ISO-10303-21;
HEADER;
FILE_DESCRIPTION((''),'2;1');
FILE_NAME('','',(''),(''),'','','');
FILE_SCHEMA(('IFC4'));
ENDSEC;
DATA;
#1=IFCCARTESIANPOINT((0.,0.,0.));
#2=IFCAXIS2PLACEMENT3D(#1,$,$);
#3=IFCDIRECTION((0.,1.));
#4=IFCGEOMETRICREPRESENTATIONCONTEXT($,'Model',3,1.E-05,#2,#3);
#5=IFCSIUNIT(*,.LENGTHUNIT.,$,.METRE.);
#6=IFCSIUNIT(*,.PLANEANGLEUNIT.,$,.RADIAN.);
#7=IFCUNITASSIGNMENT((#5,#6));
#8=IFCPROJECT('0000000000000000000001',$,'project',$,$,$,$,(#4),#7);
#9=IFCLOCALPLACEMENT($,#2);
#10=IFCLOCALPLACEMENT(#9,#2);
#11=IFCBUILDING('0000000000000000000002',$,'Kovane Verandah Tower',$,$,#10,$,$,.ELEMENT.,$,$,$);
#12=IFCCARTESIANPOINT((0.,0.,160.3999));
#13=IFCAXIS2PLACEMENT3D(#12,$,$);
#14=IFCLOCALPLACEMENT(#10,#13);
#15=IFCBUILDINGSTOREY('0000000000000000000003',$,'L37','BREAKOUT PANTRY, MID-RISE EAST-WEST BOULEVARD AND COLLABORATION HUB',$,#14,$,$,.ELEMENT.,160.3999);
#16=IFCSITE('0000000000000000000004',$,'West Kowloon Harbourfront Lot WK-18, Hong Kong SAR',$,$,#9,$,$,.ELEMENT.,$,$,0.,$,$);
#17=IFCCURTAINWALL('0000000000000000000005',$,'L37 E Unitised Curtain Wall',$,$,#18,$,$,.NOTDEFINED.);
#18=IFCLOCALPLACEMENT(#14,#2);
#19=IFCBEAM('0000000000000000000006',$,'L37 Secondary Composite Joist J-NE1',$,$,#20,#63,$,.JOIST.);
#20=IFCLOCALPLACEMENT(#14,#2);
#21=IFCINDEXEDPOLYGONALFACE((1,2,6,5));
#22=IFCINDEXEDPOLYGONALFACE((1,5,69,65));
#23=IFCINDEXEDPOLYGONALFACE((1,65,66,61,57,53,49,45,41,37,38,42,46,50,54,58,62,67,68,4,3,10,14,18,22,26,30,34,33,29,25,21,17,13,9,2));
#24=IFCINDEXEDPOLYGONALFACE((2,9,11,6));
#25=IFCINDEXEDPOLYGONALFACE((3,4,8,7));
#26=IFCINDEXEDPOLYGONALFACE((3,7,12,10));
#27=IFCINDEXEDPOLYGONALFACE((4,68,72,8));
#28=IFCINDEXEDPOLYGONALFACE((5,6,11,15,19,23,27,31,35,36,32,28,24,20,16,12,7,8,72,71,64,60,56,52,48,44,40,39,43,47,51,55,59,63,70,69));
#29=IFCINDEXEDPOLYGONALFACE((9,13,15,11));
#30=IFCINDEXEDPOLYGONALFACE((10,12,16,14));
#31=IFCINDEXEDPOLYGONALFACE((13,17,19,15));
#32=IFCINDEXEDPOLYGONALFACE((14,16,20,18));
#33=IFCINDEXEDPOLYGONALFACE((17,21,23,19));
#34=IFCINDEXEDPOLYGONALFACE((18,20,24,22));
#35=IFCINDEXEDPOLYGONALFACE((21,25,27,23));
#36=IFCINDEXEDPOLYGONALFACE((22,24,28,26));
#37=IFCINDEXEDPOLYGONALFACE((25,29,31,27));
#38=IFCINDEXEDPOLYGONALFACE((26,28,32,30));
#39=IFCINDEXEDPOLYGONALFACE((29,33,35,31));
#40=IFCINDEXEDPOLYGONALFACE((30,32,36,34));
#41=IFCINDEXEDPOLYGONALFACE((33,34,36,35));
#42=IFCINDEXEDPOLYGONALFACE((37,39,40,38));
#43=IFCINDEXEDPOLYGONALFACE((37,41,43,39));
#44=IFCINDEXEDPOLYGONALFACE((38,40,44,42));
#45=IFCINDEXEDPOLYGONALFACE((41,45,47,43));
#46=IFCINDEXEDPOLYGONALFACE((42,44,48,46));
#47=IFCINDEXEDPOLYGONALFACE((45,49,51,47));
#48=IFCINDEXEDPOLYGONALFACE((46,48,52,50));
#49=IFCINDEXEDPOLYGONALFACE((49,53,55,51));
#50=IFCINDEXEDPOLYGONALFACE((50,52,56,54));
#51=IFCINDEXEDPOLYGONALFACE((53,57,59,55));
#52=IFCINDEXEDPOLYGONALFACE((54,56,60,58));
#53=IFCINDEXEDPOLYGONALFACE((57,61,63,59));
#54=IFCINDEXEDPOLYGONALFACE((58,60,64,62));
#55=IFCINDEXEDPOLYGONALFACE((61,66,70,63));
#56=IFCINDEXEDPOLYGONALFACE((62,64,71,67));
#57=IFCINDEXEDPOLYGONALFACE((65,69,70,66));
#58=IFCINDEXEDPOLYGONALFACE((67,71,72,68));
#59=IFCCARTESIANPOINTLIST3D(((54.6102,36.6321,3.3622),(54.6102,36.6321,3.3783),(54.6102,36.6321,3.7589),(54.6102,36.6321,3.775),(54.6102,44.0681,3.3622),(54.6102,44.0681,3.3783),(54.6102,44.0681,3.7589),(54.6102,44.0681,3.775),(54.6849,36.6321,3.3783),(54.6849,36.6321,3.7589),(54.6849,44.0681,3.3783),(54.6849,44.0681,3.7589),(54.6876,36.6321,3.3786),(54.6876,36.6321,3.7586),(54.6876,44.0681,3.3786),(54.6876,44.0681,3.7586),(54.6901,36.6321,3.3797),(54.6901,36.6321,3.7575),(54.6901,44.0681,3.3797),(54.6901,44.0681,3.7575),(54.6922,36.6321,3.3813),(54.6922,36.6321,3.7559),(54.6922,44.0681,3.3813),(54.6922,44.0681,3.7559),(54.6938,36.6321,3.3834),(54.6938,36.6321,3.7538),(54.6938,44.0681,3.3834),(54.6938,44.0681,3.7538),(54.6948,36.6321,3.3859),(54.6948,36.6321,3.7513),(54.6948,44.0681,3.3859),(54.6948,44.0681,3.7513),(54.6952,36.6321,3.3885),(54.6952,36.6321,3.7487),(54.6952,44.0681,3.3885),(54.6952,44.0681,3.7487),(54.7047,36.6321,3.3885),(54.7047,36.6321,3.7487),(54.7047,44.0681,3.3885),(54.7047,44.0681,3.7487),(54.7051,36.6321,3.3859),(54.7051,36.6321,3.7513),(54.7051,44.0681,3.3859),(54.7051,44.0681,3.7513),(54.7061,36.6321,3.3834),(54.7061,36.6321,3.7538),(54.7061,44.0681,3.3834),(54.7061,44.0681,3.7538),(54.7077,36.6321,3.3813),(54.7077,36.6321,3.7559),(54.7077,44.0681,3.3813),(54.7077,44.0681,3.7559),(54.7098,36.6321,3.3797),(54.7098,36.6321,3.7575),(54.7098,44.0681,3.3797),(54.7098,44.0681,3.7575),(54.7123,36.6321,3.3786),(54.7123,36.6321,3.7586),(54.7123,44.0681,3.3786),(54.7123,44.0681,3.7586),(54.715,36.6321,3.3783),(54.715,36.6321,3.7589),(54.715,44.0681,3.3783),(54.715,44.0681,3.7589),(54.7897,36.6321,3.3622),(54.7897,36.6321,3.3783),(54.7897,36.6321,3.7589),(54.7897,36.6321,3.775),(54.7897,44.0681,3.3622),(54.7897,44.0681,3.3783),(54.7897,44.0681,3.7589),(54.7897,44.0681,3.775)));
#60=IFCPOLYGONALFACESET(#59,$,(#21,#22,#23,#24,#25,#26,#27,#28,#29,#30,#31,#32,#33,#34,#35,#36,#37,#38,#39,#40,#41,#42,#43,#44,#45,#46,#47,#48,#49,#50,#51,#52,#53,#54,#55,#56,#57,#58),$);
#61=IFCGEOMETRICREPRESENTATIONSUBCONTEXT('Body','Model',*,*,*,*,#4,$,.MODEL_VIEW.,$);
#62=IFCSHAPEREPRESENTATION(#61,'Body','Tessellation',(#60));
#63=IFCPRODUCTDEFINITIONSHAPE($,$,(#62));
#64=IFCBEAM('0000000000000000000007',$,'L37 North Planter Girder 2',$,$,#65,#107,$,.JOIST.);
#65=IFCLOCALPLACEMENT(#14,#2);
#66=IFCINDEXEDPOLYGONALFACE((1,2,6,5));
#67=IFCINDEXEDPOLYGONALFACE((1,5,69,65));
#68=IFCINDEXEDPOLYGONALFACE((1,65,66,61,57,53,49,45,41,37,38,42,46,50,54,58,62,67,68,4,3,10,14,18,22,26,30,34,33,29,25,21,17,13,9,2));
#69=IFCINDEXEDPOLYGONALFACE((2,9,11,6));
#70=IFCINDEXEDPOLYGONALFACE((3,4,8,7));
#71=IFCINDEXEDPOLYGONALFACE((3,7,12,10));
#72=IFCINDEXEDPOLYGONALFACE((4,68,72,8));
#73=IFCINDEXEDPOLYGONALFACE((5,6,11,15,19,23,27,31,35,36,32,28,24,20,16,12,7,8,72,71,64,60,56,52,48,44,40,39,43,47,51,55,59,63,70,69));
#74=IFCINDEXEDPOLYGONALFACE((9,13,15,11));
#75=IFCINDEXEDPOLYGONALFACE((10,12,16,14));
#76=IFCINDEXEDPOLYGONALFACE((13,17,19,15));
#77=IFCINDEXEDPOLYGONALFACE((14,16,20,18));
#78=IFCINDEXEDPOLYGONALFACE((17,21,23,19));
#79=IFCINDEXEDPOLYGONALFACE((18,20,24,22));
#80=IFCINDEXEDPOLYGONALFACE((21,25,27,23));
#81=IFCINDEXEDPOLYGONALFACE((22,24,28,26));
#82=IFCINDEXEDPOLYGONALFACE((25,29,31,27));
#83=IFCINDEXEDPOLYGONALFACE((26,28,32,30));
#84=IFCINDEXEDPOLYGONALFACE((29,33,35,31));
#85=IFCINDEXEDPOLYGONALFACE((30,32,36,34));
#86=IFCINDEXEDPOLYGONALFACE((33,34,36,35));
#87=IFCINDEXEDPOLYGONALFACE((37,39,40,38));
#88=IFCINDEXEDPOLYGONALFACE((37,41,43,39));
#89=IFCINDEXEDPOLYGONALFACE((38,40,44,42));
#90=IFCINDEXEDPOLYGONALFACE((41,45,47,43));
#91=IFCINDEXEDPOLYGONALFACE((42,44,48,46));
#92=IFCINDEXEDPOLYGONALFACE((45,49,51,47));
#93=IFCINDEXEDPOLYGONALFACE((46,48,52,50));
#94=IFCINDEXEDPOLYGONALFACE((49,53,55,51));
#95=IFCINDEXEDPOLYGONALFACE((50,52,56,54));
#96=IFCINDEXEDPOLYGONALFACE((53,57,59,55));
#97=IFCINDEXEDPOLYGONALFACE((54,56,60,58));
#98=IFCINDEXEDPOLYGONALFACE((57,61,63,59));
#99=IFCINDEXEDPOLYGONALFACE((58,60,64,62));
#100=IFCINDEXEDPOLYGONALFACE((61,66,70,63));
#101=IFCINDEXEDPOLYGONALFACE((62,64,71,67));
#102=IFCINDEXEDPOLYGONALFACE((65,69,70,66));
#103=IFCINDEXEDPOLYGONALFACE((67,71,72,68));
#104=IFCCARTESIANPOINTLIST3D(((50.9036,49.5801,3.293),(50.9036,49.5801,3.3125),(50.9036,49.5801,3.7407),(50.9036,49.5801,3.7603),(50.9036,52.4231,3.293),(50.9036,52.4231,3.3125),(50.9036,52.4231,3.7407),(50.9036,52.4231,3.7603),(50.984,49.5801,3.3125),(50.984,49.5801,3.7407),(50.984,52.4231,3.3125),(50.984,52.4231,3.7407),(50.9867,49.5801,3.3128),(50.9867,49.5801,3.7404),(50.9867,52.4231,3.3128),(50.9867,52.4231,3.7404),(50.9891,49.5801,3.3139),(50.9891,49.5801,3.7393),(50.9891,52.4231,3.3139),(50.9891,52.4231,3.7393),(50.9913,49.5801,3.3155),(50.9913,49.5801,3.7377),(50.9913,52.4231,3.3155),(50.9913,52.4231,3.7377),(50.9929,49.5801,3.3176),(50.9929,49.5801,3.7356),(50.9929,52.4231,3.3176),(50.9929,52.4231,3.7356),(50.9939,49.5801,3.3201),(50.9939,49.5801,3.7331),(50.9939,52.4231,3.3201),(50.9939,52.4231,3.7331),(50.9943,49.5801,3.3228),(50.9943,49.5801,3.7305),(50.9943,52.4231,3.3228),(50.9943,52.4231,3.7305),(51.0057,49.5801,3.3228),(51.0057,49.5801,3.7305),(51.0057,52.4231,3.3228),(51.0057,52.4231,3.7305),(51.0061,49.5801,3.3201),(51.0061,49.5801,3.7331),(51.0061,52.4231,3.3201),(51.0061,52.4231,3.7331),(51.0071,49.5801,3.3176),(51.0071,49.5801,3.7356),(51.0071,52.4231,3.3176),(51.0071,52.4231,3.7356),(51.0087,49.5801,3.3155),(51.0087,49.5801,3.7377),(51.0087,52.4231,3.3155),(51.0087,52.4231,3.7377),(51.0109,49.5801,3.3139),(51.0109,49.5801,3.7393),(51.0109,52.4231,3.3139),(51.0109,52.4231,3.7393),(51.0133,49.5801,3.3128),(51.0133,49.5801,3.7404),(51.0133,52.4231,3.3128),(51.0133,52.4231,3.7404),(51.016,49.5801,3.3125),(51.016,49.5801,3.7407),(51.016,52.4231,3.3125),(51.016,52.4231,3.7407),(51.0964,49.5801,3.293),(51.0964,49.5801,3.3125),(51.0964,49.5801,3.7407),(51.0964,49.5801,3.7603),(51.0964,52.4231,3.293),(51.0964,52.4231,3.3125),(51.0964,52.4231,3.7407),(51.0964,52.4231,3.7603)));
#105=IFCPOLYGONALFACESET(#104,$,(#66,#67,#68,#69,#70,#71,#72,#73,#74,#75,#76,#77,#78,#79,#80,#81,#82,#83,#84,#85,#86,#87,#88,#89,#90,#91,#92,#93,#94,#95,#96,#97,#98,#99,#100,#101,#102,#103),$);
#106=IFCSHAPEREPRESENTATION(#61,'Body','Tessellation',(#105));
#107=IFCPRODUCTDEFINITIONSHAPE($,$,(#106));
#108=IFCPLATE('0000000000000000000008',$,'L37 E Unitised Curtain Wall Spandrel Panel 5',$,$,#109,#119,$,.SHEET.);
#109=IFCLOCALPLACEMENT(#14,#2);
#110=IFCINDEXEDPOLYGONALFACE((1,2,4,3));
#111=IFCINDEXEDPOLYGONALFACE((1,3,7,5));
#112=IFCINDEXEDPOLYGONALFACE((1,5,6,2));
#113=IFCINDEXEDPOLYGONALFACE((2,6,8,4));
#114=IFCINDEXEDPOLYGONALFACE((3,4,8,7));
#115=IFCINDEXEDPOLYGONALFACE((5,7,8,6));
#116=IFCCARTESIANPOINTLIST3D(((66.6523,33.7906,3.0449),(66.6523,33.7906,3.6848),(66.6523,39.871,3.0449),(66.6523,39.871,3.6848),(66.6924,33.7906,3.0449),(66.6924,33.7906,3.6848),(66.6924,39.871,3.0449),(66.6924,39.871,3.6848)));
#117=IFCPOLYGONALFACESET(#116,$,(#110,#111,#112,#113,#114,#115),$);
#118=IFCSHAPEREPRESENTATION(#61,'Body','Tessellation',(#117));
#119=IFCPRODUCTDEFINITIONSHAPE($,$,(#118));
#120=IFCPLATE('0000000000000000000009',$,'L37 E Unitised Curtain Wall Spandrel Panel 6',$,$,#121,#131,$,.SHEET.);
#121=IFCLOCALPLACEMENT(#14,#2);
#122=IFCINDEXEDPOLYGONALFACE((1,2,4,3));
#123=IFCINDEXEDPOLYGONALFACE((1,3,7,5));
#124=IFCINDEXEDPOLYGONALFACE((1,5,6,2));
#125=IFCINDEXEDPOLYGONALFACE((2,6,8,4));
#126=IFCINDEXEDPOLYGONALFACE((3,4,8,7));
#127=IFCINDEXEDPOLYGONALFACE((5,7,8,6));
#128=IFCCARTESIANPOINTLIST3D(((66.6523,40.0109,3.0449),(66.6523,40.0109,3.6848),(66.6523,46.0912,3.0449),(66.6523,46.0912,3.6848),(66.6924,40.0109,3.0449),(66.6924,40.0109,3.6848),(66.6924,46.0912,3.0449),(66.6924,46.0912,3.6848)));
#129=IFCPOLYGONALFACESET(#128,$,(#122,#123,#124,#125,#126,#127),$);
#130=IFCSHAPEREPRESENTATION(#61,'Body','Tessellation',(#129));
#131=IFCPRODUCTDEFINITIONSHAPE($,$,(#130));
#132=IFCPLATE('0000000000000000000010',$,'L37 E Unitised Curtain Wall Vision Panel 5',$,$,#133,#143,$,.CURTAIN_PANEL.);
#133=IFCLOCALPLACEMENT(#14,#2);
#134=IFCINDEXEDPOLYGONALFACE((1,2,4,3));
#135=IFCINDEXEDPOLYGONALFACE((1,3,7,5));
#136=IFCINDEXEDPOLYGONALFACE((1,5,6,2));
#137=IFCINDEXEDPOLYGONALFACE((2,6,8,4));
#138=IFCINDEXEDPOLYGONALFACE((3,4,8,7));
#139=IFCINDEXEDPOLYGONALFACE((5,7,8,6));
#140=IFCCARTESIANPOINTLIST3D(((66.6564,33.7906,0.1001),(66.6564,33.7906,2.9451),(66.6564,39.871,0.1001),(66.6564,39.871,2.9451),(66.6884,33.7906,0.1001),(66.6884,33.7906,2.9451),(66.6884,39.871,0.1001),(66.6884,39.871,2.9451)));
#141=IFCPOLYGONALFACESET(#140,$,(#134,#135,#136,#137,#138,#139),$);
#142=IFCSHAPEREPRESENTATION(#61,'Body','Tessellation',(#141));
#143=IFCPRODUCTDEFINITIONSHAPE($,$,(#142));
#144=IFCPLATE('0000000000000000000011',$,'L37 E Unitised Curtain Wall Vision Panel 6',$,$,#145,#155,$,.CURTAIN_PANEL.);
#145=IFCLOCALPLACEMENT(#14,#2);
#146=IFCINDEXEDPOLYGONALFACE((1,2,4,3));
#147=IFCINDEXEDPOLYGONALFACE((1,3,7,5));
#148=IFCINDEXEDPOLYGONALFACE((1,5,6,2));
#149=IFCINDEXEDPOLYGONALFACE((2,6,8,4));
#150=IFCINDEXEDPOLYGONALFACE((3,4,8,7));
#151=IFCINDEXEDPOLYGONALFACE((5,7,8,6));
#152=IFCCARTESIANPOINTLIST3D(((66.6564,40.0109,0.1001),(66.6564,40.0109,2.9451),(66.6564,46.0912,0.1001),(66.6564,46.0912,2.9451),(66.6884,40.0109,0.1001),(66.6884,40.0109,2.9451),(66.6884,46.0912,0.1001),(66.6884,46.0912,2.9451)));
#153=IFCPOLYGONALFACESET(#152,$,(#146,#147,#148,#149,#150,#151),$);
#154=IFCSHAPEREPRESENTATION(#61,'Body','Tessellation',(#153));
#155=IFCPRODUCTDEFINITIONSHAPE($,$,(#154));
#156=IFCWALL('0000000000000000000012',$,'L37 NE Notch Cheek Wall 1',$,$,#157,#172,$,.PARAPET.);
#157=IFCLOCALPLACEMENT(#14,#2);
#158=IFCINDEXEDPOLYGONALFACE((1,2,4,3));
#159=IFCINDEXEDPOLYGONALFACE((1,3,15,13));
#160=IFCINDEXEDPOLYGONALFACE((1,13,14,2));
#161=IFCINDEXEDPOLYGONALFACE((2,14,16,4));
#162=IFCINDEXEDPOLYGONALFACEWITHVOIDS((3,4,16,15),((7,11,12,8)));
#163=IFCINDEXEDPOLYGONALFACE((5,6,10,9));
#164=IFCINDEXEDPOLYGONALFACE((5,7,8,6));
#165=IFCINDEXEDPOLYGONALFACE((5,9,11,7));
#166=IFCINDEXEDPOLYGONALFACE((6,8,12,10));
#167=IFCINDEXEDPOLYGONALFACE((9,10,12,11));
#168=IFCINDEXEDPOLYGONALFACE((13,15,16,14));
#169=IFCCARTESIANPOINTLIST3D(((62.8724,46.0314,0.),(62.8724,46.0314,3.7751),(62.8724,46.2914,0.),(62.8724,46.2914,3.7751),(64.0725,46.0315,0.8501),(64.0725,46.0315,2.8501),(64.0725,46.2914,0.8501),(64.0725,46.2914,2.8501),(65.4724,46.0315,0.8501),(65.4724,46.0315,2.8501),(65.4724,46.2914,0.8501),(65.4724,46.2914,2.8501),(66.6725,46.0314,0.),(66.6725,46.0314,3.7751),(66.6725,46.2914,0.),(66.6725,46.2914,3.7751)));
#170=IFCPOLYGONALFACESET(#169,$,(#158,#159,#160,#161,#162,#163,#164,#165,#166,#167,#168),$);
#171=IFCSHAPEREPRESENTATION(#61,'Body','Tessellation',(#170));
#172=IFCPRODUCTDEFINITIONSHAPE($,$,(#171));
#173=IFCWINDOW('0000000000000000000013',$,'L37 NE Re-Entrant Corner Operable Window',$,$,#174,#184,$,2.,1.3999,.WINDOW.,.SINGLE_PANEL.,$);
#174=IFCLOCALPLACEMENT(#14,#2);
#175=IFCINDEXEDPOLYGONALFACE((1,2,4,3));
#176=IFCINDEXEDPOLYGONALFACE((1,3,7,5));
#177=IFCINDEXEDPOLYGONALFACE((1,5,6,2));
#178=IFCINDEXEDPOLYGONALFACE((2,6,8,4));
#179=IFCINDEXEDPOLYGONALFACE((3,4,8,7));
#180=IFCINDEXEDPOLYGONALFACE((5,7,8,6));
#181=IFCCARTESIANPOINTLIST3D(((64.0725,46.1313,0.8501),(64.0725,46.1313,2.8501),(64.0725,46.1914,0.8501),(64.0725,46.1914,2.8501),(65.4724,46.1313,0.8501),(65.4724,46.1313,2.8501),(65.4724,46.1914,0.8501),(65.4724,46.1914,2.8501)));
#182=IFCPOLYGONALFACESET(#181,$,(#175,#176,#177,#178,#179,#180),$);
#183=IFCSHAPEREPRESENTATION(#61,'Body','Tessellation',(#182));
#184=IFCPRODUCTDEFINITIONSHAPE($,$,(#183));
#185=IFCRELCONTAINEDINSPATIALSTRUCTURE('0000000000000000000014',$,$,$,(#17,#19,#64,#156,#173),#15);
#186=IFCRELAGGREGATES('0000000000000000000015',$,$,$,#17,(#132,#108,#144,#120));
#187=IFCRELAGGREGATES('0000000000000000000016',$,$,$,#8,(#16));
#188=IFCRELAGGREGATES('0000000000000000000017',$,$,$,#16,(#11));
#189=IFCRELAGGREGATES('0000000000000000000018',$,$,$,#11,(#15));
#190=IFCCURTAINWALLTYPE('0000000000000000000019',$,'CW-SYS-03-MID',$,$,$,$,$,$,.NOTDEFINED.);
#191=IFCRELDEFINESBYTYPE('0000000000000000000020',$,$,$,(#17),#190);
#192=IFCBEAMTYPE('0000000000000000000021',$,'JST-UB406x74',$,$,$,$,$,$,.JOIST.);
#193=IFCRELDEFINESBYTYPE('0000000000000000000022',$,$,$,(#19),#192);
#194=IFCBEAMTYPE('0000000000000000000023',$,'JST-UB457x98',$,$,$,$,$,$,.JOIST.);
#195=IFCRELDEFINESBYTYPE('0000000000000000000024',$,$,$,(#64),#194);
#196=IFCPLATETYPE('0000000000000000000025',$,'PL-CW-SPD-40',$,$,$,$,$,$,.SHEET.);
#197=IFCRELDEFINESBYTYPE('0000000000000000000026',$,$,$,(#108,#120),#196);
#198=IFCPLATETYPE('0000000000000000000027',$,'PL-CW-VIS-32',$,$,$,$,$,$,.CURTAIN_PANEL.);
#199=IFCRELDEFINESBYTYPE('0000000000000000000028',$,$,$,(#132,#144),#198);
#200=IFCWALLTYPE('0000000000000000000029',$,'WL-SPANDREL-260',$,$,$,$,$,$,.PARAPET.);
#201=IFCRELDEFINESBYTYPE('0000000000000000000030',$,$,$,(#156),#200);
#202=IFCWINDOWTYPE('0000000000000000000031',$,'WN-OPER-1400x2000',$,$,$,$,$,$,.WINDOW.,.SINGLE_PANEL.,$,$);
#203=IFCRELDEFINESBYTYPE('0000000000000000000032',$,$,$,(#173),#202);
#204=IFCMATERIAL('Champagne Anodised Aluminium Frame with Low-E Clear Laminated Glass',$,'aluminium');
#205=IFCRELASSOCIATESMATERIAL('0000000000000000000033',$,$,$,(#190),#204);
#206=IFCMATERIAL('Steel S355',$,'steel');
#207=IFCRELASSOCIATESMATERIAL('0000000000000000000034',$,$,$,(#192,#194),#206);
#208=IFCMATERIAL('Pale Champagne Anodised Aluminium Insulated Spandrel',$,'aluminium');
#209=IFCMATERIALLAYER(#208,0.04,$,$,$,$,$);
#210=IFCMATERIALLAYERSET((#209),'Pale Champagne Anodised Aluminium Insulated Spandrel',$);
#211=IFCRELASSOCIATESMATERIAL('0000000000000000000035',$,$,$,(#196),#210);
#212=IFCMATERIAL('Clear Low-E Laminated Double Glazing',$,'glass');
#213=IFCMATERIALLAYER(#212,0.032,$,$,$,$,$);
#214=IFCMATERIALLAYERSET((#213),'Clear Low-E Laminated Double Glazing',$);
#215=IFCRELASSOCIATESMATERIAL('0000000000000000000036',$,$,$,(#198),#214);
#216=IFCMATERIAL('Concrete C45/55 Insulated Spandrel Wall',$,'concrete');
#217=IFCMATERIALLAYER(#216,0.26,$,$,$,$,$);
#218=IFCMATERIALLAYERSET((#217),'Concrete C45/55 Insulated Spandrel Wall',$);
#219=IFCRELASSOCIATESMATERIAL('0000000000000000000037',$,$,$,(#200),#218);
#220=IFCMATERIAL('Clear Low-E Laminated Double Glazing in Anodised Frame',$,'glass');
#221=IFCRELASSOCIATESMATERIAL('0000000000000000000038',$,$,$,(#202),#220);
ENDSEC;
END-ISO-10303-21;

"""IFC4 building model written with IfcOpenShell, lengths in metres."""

from ifc_helpers import new_model, si_unit, direction, frame, frame_2d, origin, origin_2d, place, context, subcontext, project, spatial, rectangle, i_section, extrude, material, layer, layer_set, material_profile, profile_set, type_object, element, fill, aggregate, save


model = new_model("IFC4")

# Units and contexts
model_context = context("Model", 3, precision=1e-05, world=origin(), true_north=direction((0.0, 1.0)))
body_context = subcontext(model_context, "Body", "Model", "MODEL_VIEW")
ifc_project = project(units=[si_unit("LENGTHUNIT", "METRE"), si_unit("PLANEANGLEUNIT", "RADIAN")], contexts=[model_context])

# Site, building, storey
site_placement = place(None, origin())
site = spatial("IfcSite", under=ifc_project, at=site_placement, Name="West Kowloon Harbourfront Lot WK-18, Hong Kong SAR", CompositionType="ELEMENT", RefElevation=0.0)
building_placement = place(site_placement, origin())
building = spatial("IfcBuilding", under=site, at=building_placement, Name="Kovane Verandah Tower", CompositionType="ELEMENT")
storey_placement = place(building_placement, frame((0.0, 0.0, 160.3999)))
storey = spatial("IfcBuildingStorey", under=building, at=storey_placement, Name="L37", Description="BREAKOUT PANTRY, MID-RISE EAST-WEST BOULEVARD AND COLLABORATION HUB", CompositionType="ELEMENT", Elevation=160.3999)

# Shared definitions
ifc_material_1 = material(Name="Steel S355", Category="steel")

# Curtain wall
ifc_material_2 = material(Name="Champagne Anodised Aluminium Frame with Low-E Clear Laminated Glass", Category="aluminium")
curtain_wall_type = type_object("IfcCurtainWallType", Name="CW-SYS-03-MID", PredefinedType="NOTDEFINED", material=ifc_material_2)
curtain_wall_placement = place(storey_placement, origin())
curtain_wall = element("IfcCurtainWall", 1, at=curtain_wall_placement, inside=storey, type_object=curtain_wall_type, Name="L37 E Unitised Curtain Wall", PredefinedType="NOTDEFINED")

# Beams
ifc_material_profile_1 = material_profile(ifc_material_1, i_section(OverallWidth=0.1794, OverallDepth=0.4128, WebThickness=0.0095, FlangeThickness=0.0161, FilletRadius=0.0103, at=origin_2d()), Name="UB406x178x74")
ifc_profile_set_1 = profile_set([ifc_material_profile_1], Name="Steel S355")
beam_type_1 = type_object("IfcBeamType", Name="JST-UB406x74", PredefinedType="JOIST", material=ifc_profile_set_1)
beam_1_placement = place(storey_placement, frame((54.7, 36.6321, 3.5686), z_axis=(0.0, 1.0, 0.0), x_axis=(-1.0, 0.0, 0.0)))
element("IfcBeam", 2, at=beam_1_placement, inside=storey, type_object=beam_type_1, Name="L37 Secondary Composite Joist J-NE1", PredefinedType="JOIST", context=body_context, shape_type="SweptSolid", body=[
    extrude(i_section(OverallWidth=0.1794, OverallDepth=0.4128, WebThickness=0.0095, FlangeThickness=0.0161, FilletRadius=0.0103, at=origin_2d()), origin(), (0.0, 0.0, 1.0), 7.436),
])
ifc_material_profile_2 = material_profile(ifc_material_1, i_section(OverallWidth=0.1929, OverallDepth=0.4673, WebThickness=0.0115, FlangeThickness=0.0195, FilletRadius=0.0103, at=origin_2d()), Name="UB457x191x98")
ifc_profile_set_2 = profile_set([ifc_material_profile_2], Name="Steel S355")
beam_type_2 = type_object("IfcBeamType", Name="JST-UB457x98", PredefinedType="JOIST", material=ifc_profile_set_2)
beam_2_placement = place(storey_placement, frame((51.0, 49.5801, 3.5266), z_axis=(0.0, 1.0, 0.0), x_axis=(-1.0, 0.0, 0.0)))
element("IfcBeam", 3, at=beam_2_placement, inside=storey, type_object=beam_type_2, Name="L37 North Planter Girder 2", PredefinedType="JOIST", context=body_context, shape_type="SweptSolid", body=[
    extrude(i_section(OverallWidth=0.1929, OverallDepth=0.4673, WebThickness=0.0115, FlangeThickness=0.0195, FilletRadius=0.0103, at=origin_2d()), origin(), (0.0, 0.0, 1.0), 2.843),
])

# Plates
ifc_material_3 = material(Name="Pale Champagne Anodised Aluminium Insulated Spandrel", Category="aluminium")
ifc_layer_1 = layer(ifc_material_3, 0.04)
ifc_layer_set_1 = layer_set([ifc_layer_1], Name="Pale Champagne Anodised Aluminium Insulated Spandrel")
plate_type_1 = type_object("IfcPlateType", Name="PL-CW-SPD-40", PredefinedType="SHEET", material=ifc_layer_set_1)
plate_1_placement = place(storey_placement, frame((66.6724, 36.8308, 3.0449), z_axis=(0.0, 0.0, 1.0), x_axis=(0.0, 1.0, 0.0)))
plate_1 = element("IfcPlate", 4, at=plate_1_placement, type_object=plate_type_1, Name="L37 E Unitised Curtain Wall Spandrel Panel 5", PredefinedType="SHEET", context=body_context, shape_type="SweptSolid", body=[
    extrude(rectangle(XDim=6.0803, YDim=0.04, at=origin_2d()), origin(), (0.0, 0.0, 1.0), 0.6399),
])
plate_2_placement = place(storey_placement, frame((66.6724, 43.051, 3.0449), z_axis=(0.0, 0.0, 1.0), x_axis=(0.0, 1.0, 0.0)))
plate_2 = element("IfcPlate", 5, at=plate_2_placement, type_object=plate_type_1, Name="L37 E Unitised Curtain Wall Spandrel Panel 6", PredefinedType="SHEET", context=body_context, shape_type="SweptSolid", body=[
    extrude(rectangle(XDim=6.0803, YDim=0.04, at=origin_2d()), origin(), (0.0, 0.0, 1.0), 0.6399),
])
ifc_material_4 = material(Name="Clear Low-E Laminated Double Glazing", Category="glass")
ifc_layer_2 = layer(ifc_material_4, 0.032)
ifc_layer_set_2 = layer_set([ifc_layer_2], Name="Clear Low-E Laminated Double Glazing")
plate_type_2 = type_object("IfcPlateType", Name="PL-CW-VIS-32", PredefinedType="CURTAIN_PANEL", material=ifc_layer_set_2)
plate_3_placement = place(storey_placement, frame((66.6724, 36.8308, 0.1001), z_axis=(0.0, 0.0, 1.0), x_axis=(0.0, 1.0, 0.0)))
plate_3 = element("IfcPlate", 6, at=plate_3_placement, type_object=plate_type_2, Name="L37 E Unitised Curtain Wall Vision Panel 5", PredefinedType="CURTAIN_PANEL", context=body_context, shape_type="SweptSolid", body=[
    extrude(rectangle(XDim=6.0803, YDim=0.032, at=origin_2d()), origin(), (0.0, 0.0, 1.0), 2.845),
])
plate_4_placement = place(storey_placement, frame((66.6724, 43.051, 0.1001), z_axis=(0.0, 0.0, 1.0), x_axis=(0.0, 1.0, 0.0)))
plate_4 = element("IfcPlate", 7, at=plate_4_placement, type_object=plate_type_2, Name="L37 E Unitised Curtain Wall Vision Panel 6", PredefinedType="CURTAIN_PANEL", context=body_context, shape_type="SweptSolid", body=[
    extrude(rectangle(XDim=6.0803, YDim=0.032, at=origin_2d()), origin(), (0.0, 0.0, 1.0), 2.845),
])
aggregate(curtain_wall, [plate_3, plate_1, plate_4, plate_2])

# Shared definitions
ifc_material_5 = material(Name="Concrete C45/55 Insulated Spandrel Wall", Category="concrete")
ifc_layer_3 = layer(ifc_material_5, 0.26)
ifc_layer_set_3 = layer_set([ifc_layer_3], Name="Concrete C45/55 Insulated Spandrel Wall")
wall_type = type_object("IfcWallType", Name="WL-SPANDREL-260", PredefinedType="PARAPET", material=ifc_layer_set_3)
ifc_material_6 = material(Name="Clear Low-E Laminated Double Glazing in Anodised Frame", Category="glass")

# Wall, opening, window
wall_1_placement = place(storey_placement, frame((66.6724, 46.1614, 0.0), z_axis=(0.0, 0.0, 1.0), x_axis=(-1.0, 0.0, 0.0)))
wall_1 = element("IfcWall", 8, at=wall_1_placement, inside=storey, type_object=wall_type, Name="L37 NE Notch Cheek Wall 1", PredefinedType="PARAPET", context=body_context, shape_type="SweptSolid", body=[
    extrude(rectangle(XDim=3.8, YDim=0.26, at=frame_2d((1.8999, 0.0))), origin(), (0.0, 0.0, 1.0), 3.7751),
])
opening_1_placement = place(wall_1_placement, frame((1.2, 0.0, 0.8501)))
opening_1 = element("IfcOpeningElement", 9, at=opening_1_placement, cuts=wall_1, PredefinedType="OPENING", context=body_context, shape_type="SweptSolid", body=[
    extrude(rectangle(XDim=1.3999, YDim=2.0, at=frame_2d((0.7, 1.0))), frame((0.0, 0.1299, 0.0), z_axis=(0.0, -1.0, 0.0), x_axis=(1.0, 0.0, 0.0)), (0.0, 0.0, 1.0), 0.26),
])
window_type_1 = type_object("IfcWindowType", Name="WN-OPER-1400x2000", PartitioningType="SINGLE_PANEL", PredefinedType="WINDOW", material=ifc_material_6)
window_1_placement = place(opening_1_placement, origin())
window_1 = element("IfcWindow", 10, at=window_1_placement, inside=storey, type_object=window_type_1, Name="L37 NE Re-Entrant Corner Operable Window", OverallHeight=2.0, OverallWidth=1.3999, PartitioningType="SINGLE_PANEL", PredefinedType="WINDOW", context=body_context, shape_type="SweptSolid", body=[
    extrude(rectangle(XDim=1.3999, YDim=2.0, at=frame_2d((0.7, 1.0))), frame((0.0, 0.03, 0.0), z_axis=(0.0, -1.0, 0.0), x_axis=(1.0, 0.0, 0.0)), (0.0, 0.0, 1.0), 0.0601),
])
fill(opening_1, window_1)

save(model, "model.ifc")
